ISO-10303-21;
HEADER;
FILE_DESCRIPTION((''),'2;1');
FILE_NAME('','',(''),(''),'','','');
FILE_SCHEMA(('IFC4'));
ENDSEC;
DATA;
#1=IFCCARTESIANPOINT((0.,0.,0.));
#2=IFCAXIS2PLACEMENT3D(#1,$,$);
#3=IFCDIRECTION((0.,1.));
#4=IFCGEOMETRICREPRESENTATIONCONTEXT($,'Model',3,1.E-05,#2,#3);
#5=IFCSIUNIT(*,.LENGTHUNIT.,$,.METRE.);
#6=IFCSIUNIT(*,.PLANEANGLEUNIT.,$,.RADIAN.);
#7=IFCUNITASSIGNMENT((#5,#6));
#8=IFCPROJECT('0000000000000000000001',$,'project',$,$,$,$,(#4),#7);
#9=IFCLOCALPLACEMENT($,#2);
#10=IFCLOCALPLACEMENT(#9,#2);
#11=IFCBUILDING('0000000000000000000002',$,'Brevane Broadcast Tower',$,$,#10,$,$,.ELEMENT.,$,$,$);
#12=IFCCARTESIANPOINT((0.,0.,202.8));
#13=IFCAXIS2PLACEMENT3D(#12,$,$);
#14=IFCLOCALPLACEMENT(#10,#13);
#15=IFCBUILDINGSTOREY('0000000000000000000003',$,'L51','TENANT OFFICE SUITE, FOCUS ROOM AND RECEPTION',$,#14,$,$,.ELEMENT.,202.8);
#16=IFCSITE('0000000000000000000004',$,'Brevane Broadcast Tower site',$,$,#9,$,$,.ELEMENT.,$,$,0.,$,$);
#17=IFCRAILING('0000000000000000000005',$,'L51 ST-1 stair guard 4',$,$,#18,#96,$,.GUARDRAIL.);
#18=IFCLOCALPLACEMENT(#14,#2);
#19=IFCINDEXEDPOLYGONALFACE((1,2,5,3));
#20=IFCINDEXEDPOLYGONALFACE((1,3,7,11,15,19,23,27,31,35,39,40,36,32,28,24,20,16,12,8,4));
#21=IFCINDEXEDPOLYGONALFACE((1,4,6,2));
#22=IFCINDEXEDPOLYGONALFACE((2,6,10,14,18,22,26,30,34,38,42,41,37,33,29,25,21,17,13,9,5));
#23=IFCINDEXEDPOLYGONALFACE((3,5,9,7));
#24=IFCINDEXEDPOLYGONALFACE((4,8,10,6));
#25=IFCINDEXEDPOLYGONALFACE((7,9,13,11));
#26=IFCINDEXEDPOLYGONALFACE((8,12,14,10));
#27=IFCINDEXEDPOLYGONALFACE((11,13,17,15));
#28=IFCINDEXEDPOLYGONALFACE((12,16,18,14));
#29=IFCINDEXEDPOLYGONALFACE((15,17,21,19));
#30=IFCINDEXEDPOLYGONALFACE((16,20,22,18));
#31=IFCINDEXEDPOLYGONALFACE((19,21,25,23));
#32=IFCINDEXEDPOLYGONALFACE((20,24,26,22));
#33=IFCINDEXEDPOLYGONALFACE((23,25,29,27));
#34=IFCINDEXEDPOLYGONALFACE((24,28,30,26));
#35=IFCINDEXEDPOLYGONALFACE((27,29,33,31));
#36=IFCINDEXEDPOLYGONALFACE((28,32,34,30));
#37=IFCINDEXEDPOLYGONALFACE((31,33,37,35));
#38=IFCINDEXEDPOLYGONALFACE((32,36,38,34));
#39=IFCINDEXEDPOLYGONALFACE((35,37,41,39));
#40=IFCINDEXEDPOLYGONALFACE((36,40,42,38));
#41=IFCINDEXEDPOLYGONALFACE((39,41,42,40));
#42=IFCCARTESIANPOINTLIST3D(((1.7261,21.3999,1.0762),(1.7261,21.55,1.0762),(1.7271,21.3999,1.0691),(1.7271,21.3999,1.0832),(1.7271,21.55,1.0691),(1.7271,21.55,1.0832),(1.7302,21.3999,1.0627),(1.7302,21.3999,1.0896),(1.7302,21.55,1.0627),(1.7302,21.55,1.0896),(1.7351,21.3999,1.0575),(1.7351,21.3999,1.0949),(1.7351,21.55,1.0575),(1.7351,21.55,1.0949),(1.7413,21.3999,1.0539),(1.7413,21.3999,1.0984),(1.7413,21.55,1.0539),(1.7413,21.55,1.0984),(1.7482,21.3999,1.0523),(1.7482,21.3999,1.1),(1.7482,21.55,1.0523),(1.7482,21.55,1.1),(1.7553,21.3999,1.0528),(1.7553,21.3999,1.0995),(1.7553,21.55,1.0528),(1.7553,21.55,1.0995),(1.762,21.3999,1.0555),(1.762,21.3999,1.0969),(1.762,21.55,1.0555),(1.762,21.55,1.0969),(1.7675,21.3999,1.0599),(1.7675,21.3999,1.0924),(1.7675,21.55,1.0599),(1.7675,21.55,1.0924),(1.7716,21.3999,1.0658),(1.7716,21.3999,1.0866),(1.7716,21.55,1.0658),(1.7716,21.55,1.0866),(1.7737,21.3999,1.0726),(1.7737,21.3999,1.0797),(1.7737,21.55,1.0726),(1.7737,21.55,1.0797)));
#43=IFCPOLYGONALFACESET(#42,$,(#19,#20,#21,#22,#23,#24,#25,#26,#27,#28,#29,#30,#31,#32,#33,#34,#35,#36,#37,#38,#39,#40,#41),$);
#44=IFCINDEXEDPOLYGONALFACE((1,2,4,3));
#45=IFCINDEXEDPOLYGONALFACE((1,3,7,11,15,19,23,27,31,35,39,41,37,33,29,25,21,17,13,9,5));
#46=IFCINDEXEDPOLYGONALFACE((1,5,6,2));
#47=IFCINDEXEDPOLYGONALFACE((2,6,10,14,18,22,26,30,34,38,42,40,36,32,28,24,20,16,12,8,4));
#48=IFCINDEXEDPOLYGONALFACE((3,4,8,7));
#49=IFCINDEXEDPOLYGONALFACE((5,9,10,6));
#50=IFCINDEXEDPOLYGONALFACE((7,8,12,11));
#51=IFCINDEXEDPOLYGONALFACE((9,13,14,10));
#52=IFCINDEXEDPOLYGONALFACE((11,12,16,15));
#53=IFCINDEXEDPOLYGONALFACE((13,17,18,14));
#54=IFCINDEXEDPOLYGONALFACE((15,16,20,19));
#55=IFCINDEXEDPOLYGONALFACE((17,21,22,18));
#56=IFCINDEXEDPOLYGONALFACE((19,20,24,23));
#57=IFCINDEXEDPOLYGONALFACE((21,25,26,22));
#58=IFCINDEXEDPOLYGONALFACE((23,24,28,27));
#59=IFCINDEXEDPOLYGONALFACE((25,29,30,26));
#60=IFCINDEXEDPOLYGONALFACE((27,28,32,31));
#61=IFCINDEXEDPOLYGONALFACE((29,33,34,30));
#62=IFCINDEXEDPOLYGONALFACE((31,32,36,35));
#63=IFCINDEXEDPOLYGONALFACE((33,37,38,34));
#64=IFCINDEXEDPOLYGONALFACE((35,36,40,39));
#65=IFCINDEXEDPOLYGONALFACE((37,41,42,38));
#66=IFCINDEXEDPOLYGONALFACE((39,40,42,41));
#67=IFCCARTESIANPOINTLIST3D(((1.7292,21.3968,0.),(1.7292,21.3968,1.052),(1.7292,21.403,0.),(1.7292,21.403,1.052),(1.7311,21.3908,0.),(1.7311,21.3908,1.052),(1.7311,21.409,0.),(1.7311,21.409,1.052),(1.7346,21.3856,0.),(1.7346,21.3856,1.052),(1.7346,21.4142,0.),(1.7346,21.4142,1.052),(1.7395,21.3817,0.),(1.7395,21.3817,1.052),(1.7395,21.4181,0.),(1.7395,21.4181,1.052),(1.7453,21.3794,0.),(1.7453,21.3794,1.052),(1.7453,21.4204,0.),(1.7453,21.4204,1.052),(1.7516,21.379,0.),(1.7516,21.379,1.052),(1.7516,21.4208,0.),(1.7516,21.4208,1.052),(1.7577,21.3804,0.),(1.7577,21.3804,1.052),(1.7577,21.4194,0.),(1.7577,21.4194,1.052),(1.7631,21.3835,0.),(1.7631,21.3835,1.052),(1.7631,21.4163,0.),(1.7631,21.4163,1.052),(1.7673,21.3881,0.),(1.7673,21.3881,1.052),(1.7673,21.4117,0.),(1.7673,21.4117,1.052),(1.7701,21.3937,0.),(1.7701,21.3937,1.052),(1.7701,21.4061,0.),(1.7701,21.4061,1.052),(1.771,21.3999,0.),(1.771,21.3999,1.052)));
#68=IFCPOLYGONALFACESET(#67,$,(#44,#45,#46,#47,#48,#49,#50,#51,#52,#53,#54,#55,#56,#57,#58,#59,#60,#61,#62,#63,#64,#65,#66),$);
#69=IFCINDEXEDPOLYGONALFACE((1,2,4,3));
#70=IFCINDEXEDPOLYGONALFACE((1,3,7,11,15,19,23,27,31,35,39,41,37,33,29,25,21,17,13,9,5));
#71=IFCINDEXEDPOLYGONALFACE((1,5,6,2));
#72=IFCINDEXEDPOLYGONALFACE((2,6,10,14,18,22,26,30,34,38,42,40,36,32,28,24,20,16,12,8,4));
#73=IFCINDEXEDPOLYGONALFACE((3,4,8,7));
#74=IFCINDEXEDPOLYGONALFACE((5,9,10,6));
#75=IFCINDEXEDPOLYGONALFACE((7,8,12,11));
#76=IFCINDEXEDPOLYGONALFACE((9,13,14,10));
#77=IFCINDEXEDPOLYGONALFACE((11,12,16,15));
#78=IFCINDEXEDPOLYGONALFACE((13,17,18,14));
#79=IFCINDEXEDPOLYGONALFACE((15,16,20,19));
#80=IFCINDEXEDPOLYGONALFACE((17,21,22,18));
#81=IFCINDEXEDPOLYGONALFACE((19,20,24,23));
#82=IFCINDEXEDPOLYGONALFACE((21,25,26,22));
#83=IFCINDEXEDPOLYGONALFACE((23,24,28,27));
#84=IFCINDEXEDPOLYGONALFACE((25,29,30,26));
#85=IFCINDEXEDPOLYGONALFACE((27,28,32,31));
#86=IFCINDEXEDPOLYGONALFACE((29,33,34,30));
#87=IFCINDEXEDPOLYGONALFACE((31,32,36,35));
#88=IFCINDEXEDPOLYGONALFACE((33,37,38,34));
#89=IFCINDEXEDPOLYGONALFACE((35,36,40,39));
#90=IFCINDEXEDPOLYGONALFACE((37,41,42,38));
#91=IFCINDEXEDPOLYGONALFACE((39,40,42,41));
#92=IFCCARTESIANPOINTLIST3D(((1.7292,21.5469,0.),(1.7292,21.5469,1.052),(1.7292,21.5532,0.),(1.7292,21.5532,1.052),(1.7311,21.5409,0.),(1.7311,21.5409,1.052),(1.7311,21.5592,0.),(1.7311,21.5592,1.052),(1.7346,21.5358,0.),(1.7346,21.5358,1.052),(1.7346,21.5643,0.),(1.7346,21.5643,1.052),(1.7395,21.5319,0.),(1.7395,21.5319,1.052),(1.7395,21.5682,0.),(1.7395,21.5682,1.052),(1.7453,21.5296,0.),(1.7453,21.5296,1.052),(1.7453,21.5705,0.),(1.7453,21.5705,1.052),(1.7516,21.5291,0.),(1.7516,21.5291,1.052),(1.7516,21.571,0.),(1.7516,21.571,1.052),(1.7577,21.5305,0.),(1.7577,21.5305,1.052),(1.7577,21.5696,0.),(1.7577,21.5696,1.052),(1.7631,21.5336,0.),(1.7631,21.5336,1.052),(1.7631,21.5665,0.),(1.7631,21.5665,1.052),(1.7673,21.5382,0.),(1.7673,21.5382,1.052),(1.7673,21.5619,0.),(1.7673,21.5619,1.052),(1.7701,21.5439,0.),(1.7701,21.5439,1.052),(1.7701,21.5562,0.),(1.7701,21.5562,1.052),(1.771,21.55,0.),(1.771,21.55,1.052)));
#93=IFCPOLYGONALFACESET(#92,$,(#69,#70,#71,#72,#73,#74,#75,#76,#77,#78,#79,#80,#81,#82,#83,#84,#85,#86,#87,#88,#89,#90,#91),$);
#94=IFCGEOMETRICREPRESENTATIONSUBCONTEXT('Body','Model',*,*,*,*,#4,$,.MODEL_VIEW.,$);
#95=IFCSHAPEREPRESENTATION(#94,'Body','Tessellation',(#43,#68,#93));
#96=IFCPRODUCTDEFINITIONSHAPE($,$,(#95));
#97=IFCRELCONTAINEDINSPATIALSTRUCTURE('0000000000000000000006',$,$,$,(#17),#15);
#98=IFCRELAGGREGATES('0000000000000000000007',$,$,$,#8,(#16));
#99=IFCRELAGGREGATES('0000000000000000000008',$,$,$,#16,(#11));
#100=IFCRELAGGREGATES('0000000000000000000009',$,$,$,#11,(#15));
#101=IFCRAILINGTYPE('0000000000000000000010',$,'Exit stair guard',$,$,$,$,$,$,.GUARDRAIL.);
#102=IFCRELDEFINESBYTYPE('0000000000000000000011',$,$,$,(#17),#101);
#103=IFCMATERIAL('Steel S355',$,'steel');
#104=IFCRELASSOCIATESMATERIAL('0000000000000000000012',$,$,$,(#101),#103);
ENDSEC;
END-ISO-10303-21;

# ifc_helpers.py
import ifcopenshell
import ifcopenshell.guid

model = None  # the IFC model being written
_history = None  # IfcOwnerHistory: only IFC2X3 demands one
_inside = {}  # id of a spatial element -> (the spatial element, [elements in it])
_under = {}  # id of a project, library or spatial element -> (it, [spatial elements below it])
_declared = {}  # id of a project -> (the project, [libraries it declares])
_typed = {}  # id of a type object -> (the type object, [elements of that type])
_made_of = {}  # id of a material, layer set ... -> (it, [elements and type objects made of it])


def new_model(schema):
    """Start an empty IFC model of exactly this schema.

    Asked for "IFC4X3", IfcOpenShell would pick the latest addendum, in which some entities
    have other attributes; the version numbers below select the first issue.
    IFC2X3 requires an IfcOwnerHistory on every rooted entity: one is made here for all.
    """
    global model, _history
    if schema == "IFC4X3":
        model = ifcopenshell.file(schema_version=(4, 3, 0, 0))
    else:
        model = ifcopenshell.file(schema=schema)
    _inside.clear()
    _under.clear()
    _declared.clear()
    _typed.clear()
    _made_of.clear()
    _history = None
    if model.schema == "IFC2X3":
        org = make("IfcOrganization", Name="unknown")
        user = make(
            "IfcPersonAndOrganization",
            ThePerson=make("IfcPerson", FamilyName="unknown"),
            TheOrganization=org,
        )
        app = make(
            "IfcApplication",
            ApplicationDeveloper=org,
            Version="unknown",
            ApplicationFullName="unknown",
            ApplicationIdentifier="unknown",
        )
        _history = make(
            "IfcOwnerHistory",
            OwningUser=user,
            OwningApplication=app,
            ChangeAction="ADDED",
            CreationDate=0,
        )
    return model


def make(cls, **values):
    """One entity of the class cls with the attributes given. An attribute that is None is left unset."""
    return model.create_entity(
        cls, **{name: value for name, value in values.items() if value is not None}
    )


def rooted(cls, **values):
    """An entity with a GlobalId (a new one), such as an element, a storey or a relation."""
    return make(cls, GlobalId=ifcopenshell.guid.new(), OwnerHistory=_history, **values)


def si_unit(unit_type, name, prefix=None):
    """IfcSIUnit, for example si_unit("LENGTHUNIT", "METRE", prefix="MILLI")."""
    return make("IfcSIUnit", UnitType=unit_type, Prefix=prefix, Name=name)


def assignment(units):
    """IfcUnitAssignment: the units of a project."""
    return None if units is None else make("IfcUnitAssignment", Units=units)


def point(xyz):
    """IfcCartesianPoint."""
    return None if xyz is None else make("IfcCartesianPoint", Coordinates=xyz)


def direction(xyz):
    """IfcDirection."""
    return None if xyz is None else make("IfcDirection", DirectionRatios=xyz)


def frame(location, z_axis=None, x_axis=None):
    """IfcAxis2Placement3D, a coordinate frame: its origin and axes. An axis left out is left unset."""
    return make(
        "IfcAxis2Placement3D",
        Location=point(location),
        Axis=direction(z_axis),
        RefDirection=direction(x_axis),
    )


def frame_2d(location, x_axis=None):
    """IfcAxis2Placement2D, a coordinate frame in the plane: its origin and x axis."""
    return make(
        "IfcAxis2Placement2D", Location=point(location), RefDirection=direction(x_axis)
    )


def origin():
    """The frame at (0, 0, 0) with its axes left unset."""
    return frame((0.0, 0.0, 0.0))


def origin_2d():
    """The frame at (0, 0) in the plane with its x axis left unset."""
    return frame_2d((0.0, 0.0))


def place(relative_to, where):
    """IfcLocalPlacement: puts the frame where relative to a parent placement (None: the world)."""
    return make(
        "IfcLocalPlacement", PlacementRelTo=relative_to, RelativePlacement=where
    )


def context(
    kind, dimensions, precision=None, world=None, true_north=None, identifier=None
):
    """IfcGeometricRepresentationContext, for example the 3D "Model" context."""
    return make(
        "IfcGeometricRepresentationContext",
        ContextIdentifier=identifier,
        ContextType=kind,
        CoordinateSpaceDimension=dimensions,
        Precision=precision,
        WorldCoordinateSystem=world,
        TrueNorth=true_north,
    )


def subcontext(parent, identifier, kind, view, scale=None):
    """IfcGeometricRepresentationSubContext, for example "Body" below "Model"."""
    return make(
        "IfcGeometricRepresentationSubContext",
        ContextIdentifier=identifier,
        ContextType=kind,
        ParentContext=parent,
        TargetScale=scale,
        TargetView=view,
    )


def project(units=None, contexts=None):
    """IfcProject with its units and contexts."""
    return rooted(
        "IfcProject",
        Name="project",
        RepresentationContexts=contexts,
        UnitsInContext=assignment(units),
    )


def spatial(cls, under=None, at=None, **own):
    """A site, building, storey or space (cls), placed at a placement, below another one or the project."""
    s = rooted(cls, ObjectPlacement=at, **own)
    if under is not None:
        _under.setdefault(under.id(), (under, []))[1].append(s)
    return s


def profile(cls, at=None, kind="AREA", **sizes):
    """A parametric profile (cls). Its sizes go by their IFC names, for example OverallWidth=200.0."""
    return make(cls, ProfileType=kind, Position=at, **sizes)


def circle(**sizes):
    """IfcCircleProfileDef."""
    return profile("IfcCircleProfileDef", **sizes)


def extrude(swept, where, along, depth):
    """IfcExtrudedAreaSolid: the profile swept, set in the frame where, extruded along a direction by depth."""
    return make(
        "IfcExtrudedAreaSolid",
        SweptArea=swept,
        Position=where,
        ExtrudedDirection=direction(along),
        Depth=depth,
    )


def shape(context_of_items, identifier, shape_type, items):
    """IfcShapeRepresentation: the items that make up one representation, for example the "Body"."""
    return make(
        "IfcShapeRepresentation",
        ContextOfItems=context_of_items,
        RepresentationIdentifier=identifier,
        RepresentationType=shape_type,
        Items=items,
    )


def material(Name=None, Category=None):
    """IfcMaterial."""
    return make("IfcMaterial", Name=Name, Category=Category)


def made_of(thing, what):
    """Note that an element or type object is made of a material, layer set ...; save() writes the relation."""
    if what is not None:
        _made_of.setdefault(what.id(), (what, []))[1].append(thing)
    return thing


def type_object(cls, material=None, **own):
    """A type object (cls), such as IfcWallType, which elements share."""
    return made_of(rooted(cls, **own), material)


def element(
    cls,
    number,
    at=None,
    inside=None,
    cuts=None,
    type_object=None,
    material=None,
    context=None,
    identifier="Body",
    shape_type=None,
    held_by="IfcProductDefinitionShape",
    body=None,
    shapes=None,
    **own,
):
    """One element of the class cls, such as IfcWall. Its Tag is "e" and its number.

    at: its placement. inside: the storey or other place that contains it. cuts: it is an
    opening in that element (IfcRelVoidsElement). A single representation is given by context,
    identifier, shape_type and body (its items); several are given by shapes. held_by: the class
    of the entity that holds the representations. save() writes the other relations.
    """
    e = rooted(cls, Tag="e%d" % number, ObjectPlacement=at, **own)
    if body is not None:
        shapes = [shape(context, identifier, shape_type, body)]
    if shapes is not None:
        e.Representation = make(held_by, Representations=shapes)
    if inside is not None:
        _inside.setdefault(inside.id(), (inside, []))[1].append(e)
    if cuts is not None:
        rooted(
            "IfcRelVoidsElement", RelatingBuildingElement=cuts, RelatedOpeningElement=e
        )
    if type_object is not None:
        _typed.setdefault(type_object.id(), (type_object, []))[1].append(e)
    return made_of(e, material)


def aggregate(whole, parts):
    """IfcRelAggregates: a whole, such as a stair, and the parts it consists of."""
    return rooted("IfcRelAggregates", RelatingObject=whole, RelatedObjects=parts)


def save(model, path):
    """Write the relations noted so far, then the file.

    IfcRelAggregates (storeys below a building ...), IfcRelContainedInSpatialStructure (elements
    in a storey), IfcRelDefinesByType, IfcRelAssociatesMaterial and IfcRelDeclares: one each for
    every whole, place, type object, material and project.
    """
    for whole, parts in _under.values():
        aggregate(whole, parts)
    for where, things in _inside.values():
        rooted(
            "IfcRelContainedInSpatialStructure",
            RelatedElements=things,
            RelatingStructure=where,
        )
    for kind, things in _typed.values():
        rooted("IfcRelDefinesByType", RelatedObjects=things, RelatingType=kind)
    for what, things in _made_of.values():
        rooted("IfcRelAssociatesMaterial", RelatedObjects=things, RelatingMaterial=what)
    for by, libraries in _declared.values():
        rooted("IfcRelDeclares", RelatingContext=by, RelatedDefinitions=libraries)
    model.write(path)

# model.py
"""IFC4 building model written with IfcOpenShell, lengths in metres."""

from ifc_helpers import new_model, si_unit, direction, frame, origin, origin_2d, place, context, subcontext, project, spatial, circle, extrude, material, type_object, element, save


model = new_model("IFC4")

# Units and contexts
model_context = context("Model", 3, precision=1e-05, world=origin(), true_north=direction((0.0, 1.0)))
body_context = subcontext(model_context, "Body", "Model", "MODEL_VIEW")
ifc_project = project(units=[si_unit("LENGTHUNIT", "METRE"), si_unit("PLANEANGLEUNIT", "RADIAN")], contexts=[model_context])

# Site, building, storey
site_placement = place(None, origin())
site = spatial("IfcSite", under=ifc_project, at=site_placement, Name="Brevane Broadcast Tower site", CompositionType="ELEMENT", RefElevation=0.0)
building_placement = place(site_placement, origin())
building = spatial("IfcBuilding", under=site, at=building_placement, Name="Brevane Broadcast Tower", CompositionType="ELEMENT")
storey_placement = place(building_placement, frame((0.0, 0.0, 202.8)))
storey = spatial("IfcBuildingStorey", under=building, at=storey_placement, Name="L51", Description="TENANT OFFICE SUITE, FOCUS ROOM AND RECEPTION", CompositionType="ELEMENT", Elevation=202.8)

# Railing
ifc_material_1 = material(Name="Steel S355", Category="steel")
railing_type_1 = type_object("IfcRailingType", Name="Exit stair guard", PredefinedType="GUARDRAIL", material=ifc_material_1)
railing_1_placement = place(storey_placement, frame((1.75, 21.3999, 0.0)))
element("IfcRailing", 1, at=railing_1_placement, inside=storey, type_object=railing_type_1, Name="L51 ST-1 stair guard 4", PredefinedType="GUARDRAIL", context=body_context, shape_type="SweptSolid", body=[
    extrude(circle(Radius=0.0239, at=origin_2d()), frame((0.0, 0.0, 1.0762), z_axis=(0.0, 1.0, 0.0), x_axis=(-1.0, 0.0, 0.0)), (0.0, 0.0, 1.0), 0.1501),
    extrude(circle(Radius=0.021, at=origin_2d()), origin(), (0.0, 0.0, 1.0), 1.052),
    extrude(circle(Radius=0.021, at=origin_2d()), frame((0.0, 0.1501, 0.0)), (0.0, 0.0, 1.0), 1.052),
])

save(model, "model.ifc")
